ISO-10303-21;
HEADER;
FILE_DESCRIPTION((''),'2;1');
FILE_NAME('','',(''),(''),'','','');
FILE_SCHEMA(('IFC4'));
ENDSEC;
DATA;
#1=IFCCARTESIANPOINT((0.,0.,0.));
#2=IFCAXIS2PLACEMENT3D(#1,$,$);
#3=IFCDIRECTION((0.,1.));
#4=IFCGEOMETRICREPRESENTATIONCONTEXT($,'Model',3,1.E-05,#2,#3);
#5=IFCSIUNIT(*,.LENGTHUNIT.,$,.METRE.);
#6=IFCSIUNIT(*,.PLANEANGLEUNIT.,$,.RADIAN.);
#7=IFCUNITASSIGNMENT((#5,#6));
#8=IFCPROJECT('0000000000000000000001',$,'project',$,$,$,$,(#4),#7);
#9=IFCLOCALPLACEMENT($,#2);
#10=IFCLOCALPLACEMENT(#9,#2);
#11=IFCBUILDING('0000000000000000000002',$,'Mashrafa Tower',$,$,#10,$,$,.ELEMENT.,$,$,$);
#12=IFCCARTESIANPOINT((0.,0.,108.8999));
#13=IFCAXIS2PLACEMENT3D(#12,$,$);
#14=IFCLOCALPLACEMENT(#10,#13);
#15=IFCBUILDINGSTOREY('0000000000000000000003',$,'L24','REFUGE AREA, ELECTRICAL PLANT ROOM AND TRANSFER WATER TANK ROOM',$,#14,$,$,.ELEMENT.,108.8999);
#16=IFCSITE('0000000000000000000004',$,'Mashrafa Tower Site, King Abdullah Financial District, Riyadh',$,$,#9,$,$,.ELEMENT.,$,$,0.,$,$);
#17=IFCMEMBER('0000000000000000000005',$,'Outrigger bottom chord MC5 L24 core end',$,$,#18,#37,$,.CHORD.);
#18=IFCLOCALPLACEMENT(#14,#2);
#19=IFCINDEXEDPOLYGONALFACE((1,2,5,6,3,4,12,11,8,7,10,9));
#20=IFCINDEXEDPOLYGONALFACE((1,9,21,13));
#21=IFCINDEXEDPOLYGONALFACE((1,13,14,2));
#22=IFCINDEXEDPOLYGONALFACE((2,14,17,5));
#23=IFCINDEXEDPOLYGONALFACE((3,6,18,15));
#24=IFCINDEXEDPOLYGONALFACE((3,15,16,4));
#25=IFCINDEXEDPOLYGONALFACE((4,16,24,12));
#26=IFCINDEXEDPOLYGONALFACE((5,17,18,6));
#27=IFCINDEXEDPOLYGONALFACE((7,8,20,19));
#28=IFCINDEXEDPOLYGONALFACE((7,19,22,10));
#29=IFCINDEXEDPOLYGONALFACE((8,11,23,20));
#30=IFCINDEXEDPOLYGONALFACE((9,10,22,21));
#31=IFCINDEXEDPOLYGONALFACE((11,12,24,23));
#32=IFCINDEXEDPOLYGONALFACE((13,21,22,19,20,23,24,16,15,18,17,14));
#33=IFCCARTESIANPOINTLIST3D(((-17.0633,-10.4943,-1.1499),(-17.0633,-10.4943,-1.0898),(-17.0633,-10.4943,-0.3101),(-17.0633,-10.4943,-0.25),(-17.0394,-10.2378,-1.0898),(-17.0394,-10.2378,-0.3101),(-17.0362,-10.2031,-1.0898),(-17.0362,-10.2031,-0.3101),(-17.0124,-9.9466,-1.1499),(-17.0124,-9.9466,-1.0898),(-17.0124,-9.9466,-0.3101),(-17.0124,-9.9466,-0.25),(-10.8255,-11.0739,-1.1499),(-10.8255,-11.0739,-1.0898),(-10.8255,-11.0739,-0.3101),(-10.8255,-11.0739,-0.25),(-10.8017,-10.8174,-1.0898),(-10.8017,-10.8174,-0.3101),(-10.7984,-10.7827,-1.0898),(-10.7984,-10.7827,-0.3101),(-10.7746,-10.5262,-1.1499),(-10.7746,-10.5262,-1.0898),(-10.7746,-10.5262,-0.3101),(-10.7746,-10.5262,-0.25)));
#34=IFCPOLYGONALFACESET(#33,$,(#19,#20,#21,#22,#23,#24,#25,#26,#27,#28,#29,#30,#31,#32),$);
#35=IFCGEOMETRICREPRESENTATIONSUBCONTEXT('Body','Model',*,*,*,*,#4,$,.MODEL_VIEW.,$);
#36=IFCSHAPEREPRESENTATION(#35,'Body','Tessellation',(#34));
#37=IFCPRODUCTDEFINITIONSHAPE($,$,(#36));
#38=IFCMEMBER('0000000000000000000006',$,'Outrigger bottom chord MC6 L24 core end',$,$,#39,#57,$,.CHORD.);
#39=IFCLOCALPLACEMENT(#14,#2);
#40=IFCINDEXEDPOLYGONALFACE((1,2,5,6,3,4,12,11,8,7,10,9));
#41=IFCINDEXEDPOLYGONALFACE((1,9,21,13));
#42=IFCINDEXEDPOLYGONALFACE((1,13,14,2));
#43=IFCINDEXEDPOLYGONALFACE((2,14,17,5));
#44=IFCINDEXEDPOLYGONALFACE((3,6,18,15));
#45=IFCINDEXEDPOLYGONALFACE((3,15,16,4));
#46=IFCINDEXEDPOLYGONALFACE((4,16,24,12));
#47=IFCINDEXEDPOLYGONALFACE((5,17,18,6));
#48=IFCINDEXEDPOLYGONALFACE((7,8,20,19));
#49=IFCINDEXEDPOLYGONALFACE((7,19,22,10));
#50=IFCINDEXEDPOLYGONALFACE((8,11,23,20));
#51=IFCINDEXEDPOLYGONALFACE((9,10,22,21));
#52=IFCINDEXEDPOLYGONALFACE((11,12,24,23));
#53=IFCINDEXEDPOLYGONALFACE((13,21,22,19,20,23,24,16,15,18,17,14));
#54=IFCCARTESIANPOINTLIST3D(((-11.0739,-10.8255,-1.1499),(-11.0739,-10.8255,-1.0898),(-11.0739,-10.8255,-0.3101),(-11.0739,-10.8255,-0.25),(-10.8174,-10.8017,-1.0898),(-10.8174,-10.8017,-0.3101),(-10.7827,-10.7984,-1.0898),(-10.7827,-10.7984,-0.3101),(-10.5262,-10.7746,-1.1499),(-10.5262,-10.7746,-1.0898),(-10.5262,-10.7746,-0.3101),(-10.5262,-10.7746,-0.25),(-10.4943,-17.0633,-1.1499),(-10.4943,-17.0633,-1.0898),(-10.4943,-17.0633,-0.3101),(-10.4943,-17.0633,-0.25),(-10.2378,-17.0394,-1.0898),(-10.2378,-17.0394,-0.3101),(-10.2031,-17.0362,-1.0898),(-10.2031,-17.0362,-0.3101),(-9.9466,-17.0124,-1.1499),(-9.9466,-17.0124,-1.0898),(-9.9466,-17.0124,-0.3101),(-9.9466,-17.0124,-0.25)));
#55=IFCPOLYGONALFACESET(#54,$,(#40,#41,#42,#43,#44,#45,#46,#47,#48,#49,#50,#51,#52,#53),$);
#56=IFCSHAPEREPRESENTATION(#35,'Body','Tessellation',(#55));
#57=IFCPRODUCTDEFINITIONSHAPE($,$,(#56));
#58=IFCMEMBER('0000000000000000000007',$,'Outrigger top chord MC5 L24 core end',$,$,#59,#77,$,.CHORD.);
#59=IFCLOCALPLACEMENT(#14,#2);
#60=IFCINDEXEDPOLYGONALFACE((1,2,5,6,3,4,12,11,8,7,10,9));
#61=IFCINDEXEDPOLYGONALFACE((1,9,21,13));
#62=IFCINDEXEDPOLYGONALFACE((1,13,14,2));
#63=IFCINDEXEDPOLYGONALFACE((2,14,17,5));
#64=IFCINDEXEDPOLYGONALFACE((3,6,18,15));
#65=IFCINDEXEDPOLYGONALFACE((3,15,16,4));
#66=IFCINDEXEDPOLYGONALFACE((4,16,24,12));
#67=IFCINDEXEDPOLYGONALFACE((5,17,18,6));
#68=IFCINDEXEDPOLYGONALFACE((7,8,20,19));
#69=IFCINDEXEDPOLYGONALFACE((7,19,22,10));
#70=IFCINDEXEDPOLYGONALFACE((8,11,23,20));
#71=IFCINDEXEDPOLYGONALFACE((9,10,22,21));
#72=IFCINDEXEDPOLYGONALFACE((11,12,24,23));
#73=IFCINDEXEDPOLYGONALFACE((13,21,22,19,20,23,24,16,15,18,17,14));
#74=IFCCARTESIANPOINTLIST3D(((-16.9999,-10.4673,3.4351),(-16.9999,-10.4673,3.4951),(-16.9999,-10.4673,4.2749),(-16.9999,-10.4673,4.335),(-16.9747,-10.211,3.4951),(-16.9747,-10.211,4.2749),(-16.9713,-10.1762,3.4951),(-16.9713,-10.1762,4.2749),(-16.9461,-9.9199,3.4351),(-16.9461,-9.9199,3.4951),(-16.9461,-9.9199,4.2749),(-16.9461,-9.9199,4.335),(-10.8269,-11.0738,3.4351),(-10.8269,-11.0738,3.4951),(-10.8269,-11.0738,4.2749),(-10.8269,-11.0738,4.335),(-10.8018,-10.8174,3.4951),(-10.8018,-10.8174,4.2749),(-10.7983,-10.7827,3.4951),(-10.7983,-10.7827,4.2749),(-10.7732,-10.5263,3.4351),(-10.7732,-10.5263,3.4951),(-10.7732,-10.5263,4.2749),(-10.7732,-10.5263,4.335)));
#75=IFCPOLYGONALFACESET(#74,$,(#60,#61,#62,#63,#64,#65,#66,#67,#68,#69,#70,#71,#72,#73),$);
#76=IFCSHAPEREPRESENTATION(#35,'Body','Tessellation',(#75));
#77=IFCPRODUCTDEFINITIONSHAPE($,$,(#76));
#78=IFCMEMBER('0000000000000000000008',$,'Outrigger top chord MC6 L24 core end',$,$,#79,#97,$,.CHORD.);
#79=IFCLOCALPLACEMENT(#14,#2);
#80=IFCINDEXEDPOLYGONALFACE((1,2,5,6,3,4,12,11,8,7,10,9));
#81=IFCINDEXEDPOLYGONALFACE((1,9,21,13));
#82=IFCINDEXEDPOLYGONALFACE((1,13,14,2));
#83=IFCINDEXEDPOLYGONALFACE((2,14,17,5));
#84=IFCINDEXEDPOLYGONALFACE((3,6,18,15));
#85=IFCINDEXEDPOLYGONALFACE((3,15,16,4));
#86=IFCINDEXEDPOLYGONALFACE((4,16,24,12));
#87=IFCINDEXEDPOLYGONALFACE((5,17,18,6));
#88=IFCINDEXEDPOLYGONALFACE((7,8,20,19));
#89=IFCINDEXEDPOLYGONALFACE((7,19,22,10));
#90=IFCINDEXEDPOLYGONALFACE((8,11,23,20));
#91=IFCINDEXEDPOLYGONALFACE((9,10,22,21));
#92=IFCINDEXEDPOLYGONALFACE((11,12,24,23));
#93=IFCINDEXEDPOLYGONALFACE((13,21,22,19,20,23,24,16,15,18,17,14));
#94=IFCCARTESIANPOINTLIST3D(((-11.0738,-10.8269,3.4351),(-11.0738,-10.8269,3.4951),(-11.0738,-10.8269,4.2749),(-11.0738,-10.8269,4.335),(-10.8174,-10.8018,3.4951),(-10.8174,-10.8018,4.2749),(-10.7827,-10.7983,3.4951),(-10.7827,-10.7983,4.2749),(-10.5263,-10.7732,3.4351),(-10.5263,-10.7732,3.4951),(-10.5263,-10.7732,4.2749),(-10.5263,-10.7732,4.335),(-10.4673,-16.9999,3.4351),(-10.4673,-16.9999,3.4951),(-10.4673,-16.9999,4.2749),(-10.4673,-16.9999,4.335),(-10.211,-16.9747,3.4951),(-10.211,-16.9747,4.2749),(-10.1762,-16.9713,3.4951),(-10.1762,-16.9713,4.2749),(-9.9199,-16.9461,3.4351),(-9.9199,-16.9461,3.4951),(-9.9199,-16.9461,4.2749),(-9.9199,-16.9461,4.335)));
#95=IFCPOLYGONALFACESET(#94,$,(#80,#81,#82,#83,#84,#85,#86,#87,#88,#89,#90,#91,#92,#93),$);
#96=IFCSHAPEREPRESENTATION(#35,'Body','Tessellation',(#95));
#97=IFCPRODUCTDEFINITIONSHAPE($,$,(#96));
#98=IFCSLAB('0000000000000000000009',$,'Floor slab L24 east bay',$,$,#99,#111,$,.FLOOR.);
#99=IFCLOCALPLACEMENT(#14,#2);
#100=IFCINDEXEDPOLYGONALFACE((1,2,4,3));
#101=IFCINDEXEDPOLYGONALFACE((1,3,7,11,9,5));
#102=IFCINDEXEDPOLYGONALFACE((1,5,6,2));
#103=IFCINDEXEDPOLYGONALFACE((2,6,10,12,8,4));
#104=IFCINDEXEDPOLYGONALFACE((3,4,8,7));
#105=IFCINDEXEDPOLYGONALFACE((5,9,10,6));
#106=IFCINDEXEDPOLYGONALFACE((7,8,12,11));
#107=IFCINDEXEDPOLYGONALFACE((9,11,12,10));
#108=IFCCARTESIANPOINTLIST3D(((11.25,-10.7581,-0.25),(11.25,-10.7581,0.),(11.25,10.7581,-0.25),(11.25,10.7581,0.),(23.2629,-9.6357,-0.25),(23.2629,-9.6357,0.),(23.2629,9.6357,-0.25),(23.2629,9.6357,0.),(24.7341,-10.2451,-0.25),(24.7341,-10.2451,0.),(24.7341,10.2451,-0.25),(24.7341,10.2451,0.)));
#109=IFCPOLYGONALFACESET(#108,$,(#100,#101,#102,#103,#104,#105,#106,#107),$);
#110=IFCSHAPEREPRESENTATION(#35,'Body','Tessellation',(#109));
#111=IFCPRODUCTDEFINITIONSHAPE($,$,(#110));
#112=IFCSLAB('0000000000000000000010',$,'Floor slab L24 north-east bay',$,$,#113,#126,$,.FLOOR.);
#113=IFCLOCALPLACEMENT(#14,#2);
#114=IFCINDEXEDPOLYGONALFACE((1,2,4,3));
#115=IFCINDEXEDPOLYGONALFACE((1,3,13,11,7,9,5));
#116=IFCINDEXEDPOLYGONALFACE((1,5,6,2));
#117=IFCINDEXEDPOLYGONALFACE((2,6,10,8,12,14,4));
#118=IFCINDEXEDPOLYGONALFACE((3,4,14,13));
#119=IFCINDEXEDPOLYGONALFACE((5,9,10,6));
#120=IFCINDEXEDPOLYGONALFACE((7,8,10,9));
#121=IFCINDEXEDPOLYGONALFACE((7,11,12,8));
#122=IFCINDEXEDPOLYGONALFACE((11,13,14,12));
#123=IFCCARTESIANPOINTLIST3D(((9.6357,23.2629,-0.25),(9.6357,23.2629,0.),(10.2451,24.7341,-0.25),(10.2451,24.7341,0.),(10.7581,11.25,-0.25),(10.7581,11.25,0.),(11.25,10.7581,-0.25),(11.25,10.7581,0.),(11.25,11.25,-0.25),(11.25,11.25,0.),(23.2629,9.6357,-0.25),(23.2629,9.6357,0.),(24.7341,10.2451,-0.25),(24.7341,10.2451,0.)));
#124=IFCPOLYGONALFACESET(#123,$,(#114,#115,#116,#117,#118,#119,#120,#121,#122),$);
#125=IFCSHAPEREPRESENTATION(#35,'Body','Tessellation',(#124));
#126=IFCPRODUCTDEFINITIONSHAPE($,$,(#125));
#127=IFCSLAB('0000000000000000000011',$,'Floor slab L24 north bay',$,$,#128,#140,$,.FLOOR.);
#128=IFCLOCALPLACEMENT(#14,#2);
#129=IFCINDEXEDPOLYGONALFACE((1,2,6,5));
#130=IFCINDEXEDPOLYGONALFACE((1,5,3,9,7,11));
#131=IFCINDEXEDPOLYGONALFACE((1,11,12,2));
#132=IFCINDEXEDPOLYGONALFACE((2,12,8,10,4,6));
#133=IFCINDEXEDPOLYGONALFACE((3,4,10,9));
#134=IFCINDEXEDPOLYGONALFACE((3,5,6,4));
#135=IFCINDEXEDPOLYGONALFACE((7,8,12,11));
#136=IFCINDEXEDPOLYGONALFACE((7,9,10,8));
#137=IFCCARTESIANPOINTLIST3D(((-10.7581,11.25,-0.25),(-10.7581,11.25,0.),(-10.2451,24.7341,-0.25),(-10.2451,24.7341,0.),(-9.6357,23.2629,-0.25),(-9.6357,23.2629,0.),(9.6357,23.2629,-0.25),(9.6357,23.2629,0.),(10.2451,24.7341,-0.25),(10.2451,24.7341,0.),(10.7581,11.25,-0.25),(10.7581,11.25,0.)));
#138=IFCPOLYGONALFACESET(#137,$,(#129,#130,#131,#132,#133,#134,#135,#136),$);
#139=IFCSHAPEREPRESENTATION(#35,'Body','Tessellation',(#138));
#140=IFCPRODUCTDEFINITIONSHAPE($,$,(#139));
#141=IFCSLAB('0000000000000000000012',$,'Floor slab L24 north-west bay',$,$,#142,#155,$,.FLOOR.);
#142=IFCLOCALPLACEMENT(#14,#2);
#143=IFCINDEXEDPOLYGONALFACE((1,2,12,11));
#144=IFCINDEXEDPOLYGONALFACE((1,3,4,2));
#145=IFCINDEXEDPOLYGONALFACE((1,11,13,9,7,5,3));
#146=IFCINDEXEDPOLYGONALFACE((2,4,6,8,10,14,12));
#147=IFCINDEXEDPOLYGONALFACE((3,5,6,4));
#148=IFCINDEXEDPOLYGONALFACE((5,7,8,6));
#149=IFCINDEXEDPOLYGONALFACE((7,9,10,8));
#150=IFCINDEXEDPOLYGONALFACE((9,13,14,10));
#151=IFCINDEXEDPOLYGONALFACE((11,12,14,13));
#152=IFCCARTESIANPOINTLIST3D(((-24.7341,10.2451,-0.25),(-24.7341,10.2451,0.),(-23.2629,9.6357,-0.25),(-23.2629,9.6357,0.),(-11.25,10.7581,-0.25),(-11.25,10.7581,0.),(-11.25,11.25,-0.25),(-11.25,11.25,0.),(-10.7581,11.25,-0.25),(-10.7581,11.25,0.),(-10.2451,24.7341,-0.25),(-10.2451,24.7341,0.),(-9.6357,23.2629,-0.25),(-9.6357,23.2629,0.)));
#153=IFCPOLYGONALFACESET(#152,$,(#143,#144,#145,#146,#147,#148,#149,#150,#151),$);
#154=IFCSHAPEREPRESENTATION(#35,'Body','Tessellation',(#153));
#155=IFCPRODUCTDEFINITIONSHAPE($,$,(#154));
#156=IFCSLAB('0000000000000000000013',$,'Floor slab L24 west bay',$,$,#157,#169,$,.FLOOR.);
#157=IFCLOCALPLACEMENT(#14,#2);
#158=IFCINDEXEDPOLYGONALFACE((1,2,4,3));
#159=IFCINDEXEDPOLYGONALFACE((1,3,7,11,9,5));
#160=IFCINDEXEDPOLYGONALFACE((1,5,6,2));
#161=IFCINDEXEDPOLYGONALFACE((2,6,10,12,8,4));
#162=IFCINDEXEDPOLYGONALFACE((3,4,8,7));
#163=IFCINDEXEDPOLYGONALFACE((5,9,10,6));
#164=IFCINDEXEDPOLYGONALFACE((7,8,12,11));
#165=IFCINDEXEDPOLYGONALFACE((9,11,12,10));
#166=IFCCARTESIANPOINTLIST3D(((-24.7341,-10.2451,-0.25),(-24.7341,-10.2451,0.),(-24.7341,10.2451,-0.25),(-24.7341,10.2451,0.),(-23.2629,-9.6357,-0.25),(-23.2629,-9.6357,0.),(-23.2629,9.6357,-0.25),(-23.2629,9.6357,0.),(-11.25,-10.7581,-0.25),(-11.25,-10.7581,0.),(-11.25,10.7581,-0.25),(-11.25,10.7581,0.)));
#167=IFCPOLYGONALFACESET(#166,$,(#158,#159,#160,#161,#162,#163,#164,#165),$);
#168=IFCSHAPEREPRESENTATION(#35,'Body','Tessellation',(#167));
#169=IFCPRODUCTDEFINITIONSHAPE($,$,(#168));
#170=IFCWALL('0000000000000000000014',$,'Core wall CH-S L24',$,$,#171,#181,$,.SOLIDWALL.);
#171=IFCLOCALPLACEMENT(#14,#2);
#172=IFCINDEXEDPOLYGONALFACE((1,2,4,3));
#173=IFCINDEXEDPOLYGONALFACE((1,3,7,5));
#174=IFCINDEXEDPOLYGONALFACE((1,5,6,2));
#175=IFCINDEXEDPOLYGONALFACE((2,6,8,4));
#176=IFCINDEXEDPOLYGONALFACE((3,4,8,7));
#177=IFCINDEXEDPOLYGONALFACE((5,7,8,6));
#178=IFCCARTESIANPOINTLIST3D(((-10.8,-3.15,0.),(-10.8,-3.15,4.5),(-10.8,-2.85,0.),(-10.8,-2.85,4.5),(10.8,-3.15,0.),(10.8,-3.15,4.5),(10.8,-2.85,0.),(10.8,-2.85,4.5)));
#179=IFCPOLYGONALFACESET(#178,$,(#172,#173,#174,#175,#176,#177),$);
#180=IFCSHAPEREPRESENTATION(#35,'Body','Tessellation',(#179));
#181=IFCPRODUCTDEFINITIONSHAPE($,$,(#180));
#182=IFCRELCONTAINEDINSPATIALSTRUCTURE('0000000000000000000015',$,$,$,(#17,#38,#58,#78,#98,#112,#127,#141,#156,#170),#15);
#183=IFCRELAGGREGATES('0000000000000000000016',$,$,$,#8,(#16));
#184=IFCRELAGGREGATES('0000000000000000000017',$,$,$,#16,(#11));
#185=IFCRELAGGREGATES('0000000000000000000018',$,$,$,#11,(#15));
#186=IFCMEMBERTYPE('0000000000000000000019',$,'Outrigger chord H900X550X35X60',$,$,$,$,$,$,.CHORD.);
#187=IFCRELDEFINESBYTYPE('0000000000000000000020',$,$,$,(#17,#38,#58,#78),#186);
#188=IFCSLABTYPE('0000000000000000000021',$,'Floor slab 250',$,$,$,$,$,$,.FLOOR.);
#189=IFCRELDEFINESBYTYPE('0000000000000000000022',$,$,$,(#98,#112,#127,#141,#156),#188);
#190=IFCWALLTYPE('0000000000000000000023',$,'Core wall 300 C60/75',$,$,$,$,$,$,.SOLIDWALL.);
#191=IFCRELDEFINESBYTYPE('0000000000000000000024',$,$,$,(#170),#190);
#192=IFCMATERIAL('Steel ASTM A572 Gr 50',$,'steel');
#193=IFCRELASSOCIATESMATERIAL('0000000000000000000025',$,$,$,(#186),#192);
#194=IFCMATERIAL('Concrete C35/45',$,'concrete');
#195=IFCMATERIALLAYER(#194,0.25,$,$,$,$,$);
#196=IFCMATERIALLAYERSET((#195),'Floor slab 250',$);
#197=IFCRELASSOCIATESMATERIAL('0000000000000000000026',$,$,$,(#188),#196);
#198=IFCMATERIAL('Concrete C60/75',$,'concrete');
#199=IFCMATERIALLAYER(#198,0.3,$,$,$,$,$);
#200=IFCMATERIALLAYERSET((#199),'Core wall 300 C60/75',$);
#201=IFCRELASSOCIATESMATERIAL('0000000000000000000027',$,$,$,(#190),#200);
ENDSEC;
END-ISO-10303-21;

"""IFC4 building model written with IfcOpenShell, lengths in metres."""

from ifc_helpers import new_model, si_unit, direction, frame, frame_2d, origin, origin_2d, place, context, subcontext, project, spatial, polyline, rectangle, i_section, outline, extrude, source, transform, mapped, material, layer, layer_set, material_profile, profile_set, type_object, type_shapes, element, save


model = new_model("IFC4")

# Units and contexts
model_context = context("Model", 3, precision=1e-05, world=origin(), true_north=direction((0.0, 1.0)))
body_context = subcontext(model_context, "Body", "Model", "MODEL_VIEW")
ifc_project = project(units=[si_unit("LENGTHUNIT", "METRE"), si_unit("PLANEANGLEUNIT", "RADIAN")], contexts=[model_context])

# Site, building, storey
site_placement = place(None, origin())
site = spatial("IfcSite", under=ifc_project, at=site_placement, Name="Mashrafa Tower Site, King Abdullah Financial District, Riyadh", CompositionType="ELEMENT", RefElevation=0.0)
building_placement = place(site_placement, origin())
building = spatial("IfcBuilding", under=site, at=building_placement, Name="Mashrafa Tower", CompositionType="ELEMENT")
storey_placement = place(building_placement, frame((0.0, 0.0, 108.8999)))
storey = spatial("IfcBuildingStorey", under=building, at=storey_placement, Name="L24", Description="REFUGE AREA, ELECTRICAL PLANT ROOM AND TRANSFER WATER TANK ROOM", CompositionType="ELEMENT", Elevation=108.8999)

# Members
ifc_material_1 = material(Name="Steel ASTM A572 Gr 50", Category="steel")
ifc_material_profile_1 = material_profile(ifc_material_1, i_section(OverallWidth=0.55, OverallDepth=0.8999, WebThickness=0.0349, FlangeThickness=0.0601, at=origin_2d()), Name="H900X550X35X60")
ifc_profile_set_1 = profile_set([ifc_material_profile_1], Name="Steel ASTM A572 Gr 50")
member_type = type_object("IfcMemberType", Name="Outrigger chord H900X550X35X60", PredefinedType="CHORD", material=ifc_profile_set_1)
shared_shape_1 = source(origin(), body_context, "Body", "SweptSolid", [
    extrude(i_section(OverallWidth=0.55, OverallDepth=0.8999, WebThickness=0.0349, FlangeThickness=0.0601, at=origin_2d()), origin(), (0.0, 0.0, 1.0), 6.2646),
])
for number, where, z_axis, x_axis, name in (
    (1, (-10.8, -10.8, -0.7), (-0.995711, 0.092517, 0.0), (-0.092517, -0.995711, 0.0), "Outrigger bottom chord MC5 L24 core end"),
    (2, (-10.8, -10.8, -0.7), (0.092517, -0.995711, 0.0), (0.995711, 0.092517, 0.0), "Outrigger bottom chord MC6 L24 core end"),
):
    element("IfcMember", number, at=place(storey_placement, frame(where, z_axis=z_axis, x_axis=x_axis)), inside=storey, type_object=member_type, Name=name, PredefinedType="CHORD", context=body_context, shape_type="MappedRepresentation", body=[
        mapped(shared_shape_1, transform((0.0, 0.0, 0.0))),
    ])
shared_shape_2 = source(origin(), body_context, "Body", "SweptSolid", [
    extrude(i_section(OverallWidth=0.55, OverallDepth=0.8999, WebThickness=0.0349, FlangeThickness=0.0601, at=origin_2d()), origin(), (0.0, 0.0, 1.0), 6.2026),
])
type_shapes(member_type, [shared_shape_1, shared_shape_2])
for number, where, z_axis, x_axis, name in (
    (3, (-10.8, -10.8, 3.885), (-0.995209, 0.097773, 0.0), (-0.097773, -0.995209, 0.0), "Outrigger top chord MC5 L24 core end"),
    (4, (-10.8, -10.8, 3.885), (0.097773, -0.995209, 0.0), (0.995209, 0.097773, 0.0), "Outrigger top chord MC6 L24 core end"),
):
    element("IfcMember", number, at=place(storey_placement, frame(where, z_axis=z_axis, x_axis=x_axis)), inside=storey, type_object=member_type, Name=name, PredefinedType="CHORD", context=body_context, shape_type="MappedRepresentation", body=[
        mapped(shared_shape_2, transform((0.0, 0.0, 0.0))),
    ])

# Slabs
ifc_material_2 = material(Name="Concrete C35/45", Category="concrete")
ifc_layer_1 = layer(ifc_material_2, 0.25)
ifc_layer_set_1 = layer_set([ifc_layer_1], Name="Floor slab 250")
slab_type = type_object("IfcSlabType", Name="Floor slab 250", PredefinedType="FLOOR", material=ifc_layer_set_1)
slab_1_placement = place(storey_placement, frame((0.0, 0.0, -0.25)))
element("IfcSlab", 5, at=slab_1_placement, inside=storey, type_object=slab_type, Name="Floor slab L24 east bay", PredefinedType="FLOOR", context=body_context, shape_type="SweptSolid", body=[
    extrude(outline(polyline([(24.7341, -10.2451), (23.2629, -9.6357), (11.25, -10.7581), (11.25, 10.7581), (23.2629, 9.6357), (24.7341, 10.2451), (24.7341, -10.2451)])), origin(), (0.0, 0.0, 1.0), 0.25),
])
slab_2_placement = place(storey_placement, frame((0.0, 0.0, -0.25)))
element("IfcSlab", 6, at=slab_2_placement, inside=storey, type_object=slab_type, Name="Floor slab L24 north-east bay", PredefinedType="FLOOR", context=body_context, shape_type="SweptSolid", body=[
    extrude(outline(polyline([(10.2451, 24.7341), (24.7341, 10.2451), (24.7341, 10.2451), (23.2629, 9.6357), (11.25, 10.7581), (11.25, 11.25), (10.7581, 11.25), (9.6357, 23.2629), (10.2451, 24.7341), (10.2451, 24.7341)])), origin(), (0.0, 0.0, 1.0), 0.25),
])
slab_3_placement = place(storey_placement, frame((0.0, 0.0, -0.25)))
element("IfcSlab", 7, at=slab_3_placement, inside=storey, type_object=slab_type, Name="Floor slab L24 north bay", PredefinedType="FLOOR", context=body_context, shape_type="SweptSolid", body=[
    extrude(outline(polyline([(10.2451, 24.7341), (9.6357, 23.2629), (10.7581, 11.25), (-10.7581, 11.25), (-9.6357, 23.2629), (-10.2451, 24.7341), (10.2451, 24.7341)])), origin(), (0.0, 0.0, 1.0), 0.25),
])
slab_4_placement = place(storey_placement, frame((0.0, 0.0, -0.25)))
element("IfcSlab", 8, at=slab_4_placement, inside=storey, type_object=slab_type, Name="Floor slab L24 north-west bay", PredefinedType="FLOOR", context=body_context, shape_type="SweptSolid", body=[
    extrude(outline(polyline([(-24.7341, 10.2451), (-10.2451, 24.7341), (-10.2451, 24.7341), (-9.6357, 23.2629), (-10.7581, 11.25), (-11.25, 11.25), (-11.25, 10.7581), (-23.2629, 9.6357), (-24.7341, 10.2451), (-24.7341, 10.2451)])), origin(), (0.0, 0.0, 1.0), 0.25),
])
slab_5_placement = place(storey_placement, frame((0.0, 0.0, -0.25)))
element("IfcSlab", 9, at=slab_5_placement, inside=storey, type_object=slab_type, Name="Floor slab L24 west bay", PredefinedType="FLOOR", context=body_context, shape_type="SweptSolid", body=[
    extrude(outline(polyline([(-24.7341, 10.2451), (-23.2629, 9.6357), (-11.25, 10.7581), (-11.25, -10.7581), (-23.2629, -9.6357), (-24.7341, -10.2451), (-24.7341, 10.2451)])), origin(), (0.0, 0.0, 1.0), 0.25),
])

# Wall
ifc_material_3 = material(Name="Concrete C60/75", Category="concrete")
ifc_layer_2 = layer(ifc_material_3, 0.3)
ifc_layer_set_2 = layer_set([ifc_layer_2], Name="Core wall 300 C60/75")
wall_type_1 = type_object("IfcWallType", Name="Core wall 300 C60/75", PredefinedType="SOLIDWALL", material=ifc_layer_set_2)
wall_1_placement = place(storey_placement, frame((-10.8, -3.0, 0.0), z_axis=(0.0, 0.0, 1.0), x_axis=(1.0, 0.0, 0.0)))
element("IfcWall", 10, at=wall_1_placement, inside=storey, type_object=wall_type_1, Name="Core wall CH-S L24", PredefinedType="SOLIDWALL", context=body_context, shape_type="SweptSolid", body=[
    extrude(rectangle(XDim=21.6001, YDim=0.3, at=frame_2d((10.8, 0.0))), origin(), (0.0, 0.0, 1.0), 4.5),
])

save(model, "model.ifc")
